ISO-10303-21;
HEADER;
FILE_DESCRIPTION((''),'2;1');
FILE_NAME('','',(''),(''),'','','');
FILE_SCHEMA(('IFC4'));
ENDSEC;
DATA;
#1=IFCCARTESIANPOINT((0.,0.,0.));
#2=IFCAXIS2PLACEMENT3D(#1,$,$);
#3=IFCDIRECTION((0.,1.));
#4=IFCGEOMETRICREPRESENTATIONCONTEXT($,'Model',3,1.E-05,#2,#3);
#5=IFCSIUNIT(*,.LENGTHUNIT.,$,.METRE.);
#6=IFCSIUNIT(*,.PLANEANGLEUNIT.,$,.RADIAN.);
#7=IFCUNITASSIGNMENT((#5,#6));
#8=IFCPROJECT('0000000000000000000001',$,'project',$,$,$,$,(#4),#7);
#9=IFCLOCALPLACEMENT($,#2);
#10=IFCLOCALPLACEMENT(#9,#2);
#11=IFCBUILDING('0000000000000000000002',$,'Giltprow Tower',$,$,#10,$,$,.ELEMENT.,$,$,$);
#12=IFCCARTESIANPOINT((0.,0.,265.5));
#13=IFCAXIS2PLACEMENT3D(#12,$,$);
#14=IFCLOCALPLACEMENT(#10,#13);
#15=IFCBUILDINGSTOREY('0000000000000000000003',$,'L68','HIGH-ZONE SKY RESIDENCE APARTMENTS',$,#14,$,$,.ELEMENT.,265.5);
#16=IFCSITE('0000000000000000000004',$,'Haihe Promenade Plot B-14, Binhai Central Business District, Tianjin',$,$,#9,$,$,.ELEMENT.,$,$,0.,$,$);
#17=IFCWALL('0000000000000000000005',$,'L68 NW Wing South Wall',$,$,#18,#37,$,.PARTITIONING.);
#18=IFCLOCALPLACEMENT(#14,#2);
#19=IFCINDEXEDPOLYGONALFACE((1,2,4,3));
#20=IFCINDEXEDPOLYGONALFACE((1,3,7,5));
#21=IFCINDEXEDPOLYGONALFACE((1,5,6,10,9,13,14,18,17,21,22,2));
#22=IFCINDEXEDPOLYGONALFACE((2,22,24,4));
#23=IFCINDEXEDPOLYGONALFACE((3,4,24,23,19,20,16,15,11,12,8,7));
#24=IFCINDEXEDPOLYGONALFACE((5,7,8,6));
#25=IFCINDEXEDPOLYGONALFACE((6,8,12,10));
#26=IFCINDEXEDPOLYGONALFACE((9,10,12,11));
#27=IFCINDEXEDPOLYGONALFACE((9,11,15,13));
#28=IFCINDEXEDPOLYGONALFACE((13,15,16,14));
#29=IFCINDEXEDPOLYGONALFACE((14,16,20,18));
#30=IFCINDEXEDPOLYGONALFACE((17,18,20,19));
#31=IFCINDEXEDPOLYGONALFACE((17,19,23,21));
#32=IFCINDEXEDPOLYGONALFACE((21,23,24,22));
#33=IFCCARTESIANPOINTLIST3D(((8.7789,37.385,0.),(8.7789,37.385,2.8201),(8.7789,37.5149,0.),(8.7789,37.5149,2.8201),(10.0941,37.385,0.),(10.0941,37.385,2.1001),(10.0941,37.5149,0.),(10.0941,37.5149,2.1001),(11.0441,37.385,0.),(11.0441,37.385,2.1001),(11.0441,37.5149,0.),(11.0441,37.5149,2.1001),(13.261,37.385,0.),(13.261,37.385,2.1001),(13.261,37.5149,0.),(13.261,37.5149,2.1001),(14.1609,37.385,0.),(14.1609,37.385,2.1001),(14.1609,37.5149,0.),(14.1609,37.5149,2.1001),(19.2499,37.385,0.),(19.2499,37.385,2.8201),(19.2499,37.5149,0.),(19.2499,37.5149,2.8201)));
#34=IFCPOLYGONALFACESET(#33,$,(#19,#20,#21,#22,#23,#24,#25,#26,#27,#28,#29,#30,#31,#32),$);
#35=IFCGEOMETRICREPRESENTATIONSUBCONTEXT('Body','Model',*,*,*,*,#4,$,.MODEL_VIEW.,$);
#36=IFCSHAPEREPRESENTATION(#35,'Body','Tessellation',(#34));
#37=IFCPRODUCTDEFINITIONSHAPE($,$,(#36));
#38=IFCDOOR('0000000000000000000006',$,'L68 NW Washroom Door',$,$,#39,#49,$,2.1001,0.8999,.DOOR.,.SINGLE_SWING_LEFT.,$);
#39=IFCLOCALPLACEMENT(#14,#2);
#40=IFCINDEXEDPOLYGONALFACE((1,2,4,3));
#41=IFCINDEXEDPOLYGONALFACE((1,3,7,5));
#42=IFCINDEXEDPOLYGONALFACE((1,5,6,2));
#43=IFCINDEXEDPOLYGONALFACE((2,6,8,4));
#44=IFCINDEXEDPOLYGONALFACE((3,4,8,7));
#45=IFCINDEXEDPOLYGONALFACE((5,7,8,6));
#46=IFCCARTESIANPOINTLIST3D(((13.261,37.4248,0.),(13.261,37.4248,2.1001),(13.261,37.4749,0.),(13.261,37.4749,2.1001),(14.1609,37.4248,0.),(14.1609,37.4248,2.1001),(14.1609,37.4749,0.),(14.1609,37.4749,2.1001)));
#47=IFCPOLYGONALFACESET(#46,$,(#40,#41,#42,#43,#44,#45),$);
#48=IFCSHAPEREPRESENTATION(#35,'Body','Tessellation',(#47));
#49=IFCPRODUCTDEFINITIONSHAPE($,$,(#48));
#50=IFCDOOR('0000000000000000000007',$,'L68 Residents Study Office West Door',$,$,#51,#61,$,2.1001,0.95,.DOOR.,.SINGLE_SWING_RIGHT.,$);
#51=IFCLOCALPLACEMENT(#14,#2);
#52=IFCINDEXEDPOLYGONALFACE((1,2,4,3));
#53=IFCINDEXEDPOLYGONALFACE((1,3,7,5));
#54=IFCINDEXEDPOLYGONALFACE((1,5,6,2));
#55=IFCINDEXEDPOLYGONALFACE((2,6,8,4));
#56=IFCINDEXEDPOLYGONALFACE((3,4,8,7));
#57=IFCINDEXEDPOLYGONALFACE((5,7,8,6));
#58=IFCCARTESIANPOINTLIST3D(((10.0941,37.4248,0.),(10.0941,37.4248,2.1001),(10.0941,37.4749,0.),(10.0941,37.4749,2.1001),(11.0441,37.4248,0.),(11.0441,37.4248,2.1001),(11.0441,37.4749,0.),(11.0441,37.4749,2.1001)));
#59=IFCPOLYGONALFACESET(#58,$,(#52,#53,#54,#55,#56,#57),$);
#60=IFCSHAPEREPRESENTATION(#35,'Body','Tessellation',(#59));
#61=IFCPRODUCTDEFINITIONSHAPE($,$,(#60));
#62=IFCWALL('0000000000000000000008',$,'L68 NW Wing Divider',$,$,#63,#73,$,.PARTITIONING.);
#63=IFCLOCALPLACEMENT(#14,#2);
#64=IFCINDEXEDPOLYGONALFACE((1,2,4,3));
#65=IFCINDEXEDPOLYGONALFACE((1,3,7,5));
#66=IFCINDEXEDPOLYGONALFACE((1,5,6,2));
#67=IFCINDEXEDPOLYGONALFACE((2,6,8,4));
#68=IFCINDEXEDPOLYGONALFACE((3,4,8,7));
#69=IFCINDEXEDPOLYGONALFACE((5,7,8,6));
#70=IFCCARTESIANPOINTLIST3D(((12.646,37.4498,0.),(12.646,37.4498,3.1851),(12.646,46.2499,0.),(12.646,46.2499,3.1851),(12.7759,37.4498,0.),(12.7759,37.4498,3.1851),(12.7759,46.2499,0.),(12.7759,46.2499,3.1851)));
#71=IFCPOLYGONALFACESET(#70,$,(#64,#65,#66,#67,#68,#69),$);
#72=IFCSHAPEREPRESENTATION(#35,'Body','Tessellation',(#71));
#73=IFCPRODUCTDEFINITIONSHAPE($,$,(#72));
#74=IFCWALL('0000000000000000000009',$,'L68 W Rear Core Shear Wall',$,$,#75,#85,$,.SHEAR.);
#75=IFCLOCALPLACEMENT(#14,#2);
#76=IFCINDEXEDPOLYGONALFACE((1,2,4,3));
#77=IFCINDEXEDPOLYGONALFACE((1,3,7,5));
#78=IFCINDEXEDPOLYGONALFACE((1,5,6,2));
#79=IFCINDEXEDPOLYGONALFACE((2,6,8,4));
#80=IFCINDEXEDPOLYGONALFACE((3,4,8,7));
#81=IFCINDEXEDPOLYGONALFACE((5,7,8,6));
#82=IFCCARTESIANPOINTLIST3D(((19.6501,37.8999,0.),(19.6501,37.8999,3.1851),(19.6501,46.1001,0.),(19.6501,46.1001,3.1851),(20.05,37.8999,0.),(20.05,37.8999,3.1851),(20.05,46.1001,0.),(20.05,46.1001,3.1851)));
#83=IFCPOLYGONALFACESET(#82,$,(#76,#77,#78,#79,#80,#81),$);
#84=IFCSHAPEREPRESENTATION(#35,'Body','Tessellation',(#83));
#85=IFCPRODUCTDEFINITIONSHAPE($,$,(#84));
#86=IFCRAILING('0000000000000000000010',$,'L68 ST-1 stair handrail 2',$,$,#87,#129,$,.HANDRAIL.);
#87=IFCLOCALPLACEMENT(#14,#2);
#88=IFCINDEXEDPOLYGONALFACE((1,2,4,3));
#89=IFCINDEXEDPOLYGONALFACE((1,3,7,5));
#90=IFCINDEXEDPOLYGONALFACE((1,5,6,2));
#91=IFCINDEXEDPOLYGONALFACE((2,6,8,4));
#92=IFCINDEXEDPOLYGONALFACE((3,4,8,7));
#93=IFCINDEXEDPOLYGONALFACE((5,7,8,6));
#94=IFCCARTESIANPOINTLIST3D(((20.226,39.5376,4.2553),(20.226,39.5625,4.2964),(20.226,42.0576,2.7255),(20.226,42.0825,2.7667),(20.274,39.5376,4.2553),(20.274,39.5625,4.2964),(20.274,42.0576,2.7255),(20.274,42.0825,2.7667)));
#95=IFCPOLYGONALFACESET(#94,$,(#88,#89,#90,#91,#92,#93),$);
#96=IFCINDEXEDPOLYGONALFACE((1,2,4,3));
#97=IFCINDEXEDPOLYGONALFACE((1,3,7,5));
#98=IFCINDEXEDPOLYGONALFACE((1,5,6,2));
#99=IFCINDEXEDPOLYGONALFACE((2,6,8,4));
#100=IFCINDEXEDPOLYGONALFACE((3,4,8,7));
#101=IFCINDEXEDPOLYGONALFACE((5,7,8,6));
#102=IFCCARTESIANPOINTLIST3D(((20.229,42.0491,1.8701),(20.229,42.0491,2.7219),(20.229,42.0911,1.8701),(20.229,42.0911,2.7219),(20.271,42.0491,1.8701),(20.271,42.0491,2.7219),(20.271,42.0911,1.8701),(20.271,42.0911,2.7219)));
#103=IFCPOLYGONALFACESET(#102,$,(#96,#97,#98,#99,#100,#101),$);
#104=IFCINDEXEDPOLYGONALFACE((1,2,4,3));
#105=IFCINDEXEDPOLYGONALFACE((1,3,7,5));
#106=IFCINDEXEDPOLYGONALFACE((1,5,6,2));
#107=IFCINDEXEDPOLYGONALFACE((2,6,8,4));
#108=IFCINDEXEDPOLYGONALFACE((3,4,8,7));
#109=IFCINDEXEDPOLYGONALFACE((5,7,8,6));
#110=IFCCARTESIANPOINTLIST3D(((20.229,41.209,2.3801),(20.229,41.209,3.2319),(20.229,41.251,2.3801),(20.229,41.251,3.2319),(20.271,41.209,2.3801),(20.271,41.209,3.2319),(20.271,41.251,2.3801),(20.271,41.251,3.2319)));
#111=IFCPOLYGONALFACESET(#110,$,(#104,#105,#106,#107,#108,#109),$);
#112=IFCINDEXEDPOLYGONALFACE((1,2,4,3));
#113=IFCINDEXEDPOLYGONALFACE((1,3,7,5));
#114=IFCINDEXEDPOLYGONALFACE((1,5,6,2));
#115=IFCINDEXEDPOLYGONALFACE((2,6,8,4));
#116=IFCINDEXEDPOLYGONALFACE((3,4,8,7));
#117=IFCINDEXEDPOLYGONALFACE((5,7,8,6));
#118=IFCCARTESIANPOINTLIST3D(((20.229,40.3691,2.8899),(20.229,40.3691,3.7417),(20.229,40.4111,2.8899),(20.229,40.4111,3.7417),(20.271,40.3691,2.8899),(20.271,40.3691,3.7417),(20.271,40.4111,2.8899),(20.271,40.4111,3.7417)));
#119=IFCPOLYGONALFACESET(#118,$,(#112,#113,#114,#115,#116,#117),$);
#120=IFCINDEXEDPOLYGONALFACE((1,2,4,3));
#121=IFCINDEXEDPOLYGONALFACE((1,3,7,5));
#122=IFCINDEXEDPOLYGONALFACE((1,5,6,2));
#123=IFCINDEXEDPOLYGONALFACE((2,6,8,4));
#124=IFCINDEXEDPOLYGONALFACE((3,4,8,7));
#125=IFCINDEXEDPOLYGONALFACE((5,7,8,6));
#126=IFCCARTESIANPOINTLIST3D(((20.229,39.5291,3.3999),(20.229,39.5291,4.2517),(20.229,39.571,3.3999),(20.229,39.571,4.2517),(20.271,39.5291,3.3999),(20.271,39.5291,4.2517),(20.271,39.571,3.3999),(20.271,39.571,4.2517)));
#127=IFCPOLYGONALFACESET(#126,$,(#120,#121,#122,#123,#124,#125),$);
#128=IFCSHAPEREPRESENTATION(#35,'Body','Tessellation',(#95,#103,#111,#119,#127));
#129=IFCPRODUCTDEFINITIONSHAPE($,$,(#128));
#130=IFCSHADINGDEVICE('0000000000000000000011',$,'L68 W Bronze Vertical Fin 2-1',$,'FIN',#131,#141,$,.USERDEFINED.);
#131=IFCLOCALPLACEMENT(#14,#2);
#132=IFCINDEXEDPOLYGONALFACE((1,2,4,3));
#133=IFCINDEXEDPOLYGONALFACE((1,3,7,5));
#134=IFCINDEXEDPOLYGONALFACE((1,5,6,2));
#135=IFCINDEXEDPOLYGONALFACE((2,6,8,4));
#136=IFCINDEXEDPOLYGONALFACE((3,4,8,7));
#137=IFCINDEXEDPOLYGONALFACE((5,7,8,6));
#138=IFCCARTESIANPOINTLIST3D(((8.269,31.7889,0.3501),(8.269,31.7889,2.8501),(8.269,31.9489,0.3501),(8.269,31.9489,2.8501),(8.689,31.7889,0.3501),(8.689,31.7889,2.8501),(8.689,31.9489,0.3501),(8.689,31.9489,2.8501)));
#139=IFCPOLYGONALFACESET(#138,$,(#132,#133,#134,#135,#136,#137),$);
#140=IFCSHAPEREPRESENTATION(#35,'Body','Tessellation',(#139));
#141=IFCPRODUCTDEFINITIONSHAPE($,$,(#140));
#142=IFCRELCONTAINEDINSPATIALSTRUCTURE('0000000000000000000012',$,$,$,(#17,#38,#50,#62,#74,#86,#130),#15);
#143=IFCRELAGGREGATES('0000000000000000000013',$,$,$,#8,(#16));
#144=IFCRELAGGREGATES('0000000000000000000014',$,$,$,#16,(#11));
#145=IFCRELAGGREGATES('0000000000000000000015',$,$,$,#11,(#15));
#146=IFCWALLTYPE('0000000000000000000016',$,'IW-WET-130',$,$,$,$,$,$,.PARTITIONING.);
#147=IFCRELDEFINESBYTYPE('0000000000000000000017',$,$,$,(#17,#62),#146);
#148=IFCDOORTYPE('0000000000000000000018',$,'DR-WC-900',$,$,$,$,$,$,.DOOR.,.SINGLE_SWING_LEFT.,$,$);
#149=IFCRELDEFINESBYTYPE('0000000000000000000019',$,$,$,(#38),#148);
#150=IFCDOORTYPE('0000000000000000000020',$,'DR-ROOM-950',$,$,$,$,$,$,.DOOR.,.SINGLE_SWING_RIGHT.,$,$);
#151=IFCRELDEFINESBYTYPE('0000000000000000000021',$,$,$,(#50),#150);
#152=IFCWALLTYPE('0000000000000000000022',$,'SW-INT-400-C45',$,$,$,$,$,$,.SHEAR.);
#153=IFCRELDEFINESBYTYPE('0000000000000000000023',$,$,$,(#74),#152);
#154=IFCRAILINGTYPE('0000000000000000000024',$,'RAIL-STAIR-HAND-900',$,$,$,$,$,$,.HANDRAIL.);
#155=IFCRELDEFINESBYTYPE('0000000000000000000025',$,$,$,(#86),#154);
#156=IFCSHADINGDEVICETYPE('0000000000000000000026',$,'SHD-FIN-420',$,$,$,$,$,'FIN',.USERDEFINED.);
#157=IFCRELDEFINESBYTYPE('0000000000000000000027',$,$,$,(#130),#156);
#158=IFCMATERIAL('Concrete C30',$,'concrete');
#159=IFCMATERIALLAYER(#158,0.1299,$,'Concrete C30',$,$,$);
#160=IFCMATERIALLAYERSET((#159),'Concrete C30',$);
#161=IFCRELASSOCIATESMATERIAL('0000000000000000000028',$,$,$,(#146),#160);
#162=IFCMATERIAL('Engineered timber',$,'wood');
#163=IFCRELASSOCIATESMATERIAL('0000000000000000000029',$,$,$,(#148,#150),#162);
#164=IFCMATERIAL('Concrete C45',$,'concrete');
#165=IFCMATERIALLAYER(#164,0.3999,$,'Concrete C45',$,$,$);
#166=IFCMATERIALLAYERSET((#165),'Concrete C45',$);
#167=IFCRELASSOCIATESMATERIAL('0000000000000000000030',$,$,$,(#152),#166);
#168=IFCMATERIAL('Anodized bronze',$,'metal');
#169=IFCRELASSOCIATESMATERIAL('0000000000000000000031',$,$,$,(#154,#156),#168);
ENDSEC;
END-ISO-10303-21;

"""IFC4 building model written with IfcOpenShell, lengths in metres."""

from ifc_helpers import new_model, si_unit, direction, frame, frame_2d, origin, origin_2d, place, context, subcontext, project, spatial, rectangle, extrude, source, transform, mapped, material, layer, layer_set, type_object, element, fill, save


model = new_model("IFC4")

# Units and contexts
model_context = context("Model", 3, precision=1e-05, world=origin(), true_north=direction((0.0, 1.0)))
body_context = subcontext(model_context, "Body", "Model", "MODEL_VIEW")
ifc_project = project(units=[si_unit("LENGTHUNIT", "METRE"), si_unit("PLANEANGLEUNIT", "RADIAN")], contexts=[model_context])

# Site, building, storey
site_placement = place(None, origin())
site = spatial("IfcSite", under=ifc_project, at=site_placement, Name="Haihe Promenade Plot B-14, Binhai Central Business District, Tianjin", CompositionType="ELEMENT", RefElevation=0.0)
building_placement = place(site_placement, origin())
building = spatial("IfcBuilding", under=site, at=building_placement, Name="Giltprow Tower", CompositionType="ELEMENT")
storey_placement = place(building_placement, frame((0.0, 0.0, 265.5)))
storey = spatial("IfcBuildingStorey", under=building, at=storey_placement, Name="L68", Description="HIGH-ZONE SKY RESIDENCE APARTMENTS", CompositionType="ELEMENT", Elevation=265.5)

# Shared definitions
ifc_material_1 = material(Name="Concrete C45", Category="concrete")

# Shared definitions
ifc_material_2 = material(Name="Engineered timber", Category="wood")

# Wall, openings, doors
ifc_material_3 = material(Name="Concrete C30", Category="concrete")
ifc_layer_1 = layer(ifc_material_3, 0.1299, Name="Concrete C30")
ifc_layer_set_1 = layer_set([ifc_layer_1], Name="Concrete C30")
wall_type_1 = type_object("IfcWallType", Name="IW-WET-130", PredefinedType="PARTITIONING", material=ifc_layer_set_1)
wall_1_placement = place(storey_placement, frame((8.7791, 37.45, 0.0), z_axis=(0.0, 0.0, 1.0), x_axis=(1.0, 0.0, 0.0)))
wall_1 = element("IfcWall", 1, at=wall_1_placement, inside=storey, type_object=wall_type_1, Name="L68 NW Wing South Wall", PredefinedType="PARTITIONING", context=body_context, shape_type="SweptSolid", body=[
    extrude(rectangle(XDim=10.4709, YDim=0.1299, at=frame_2d((5.2354, 0.0))), origin(), (0.0, 0.0, 1.0), 2.8201),
])
opening_1_placement = place(wall_1_placement, frame((1.3149, 0.0, 0.0)))
opening_1 = element("IfcOpeningElement", 2, at=opening_1_placement, cuts=wall_1, PredefinedType="OPENING", context=body_context, shape_type="SweptSolid", body=[
    extrude(rectangle(XDim=0.95, YDim=2.1001, at=frame_2d((0.4751, 1.05))), frame((0.0, 0.075, 0.0), z_axis=(0.0, -1.0, 0.0), x_axis=(1.0, 0.0, 0.0)), (0.0, 0.0, 1.0), 0.1499),
])
opening_2_placement = place(wall_1_placement, frame((4.4819, 0.0, 0.0)))
opening_2 = element("IfcOpeningElement", 3, at=opening_2_placement, cuts=wall_1, PredefinedType="OPENING", context=body_context, shape_type="SweptSolid", body=[
    extrude(rectangle(XDim=0.8999, YDim=2.1001, at=frame_2d((0.45, 1.05))), frame((0.0, 0.075, 0.0), z_axis=(0.0, -1.0, 0.0), x_axis=(1.0, 0.0, 0.0)), (0.0, 0.0, 1.0), 0.1499),
])
door_type_1 = type_object("IfcDoorType", Name="DR-WC-900", OperationType="SINGLE_SWING_LEFT", PredefinedType="DOOR", material=ifc_material_2)
shared_shape_1 = source(origin(), body_context, "Body", "SweptSolid", [
    extrude(rectangle(XDim=0.8999, YDim=2.1001, at=frame_2d((0.45, 1.05))), frame((0.0, 0.0249, 0.0), z_axis=(0.0, -1.0, 0.0), x_axis=(1.0, 0.0, 0.0)), (0.0, 0.0, 1.0), 0.05),
])
door_1_placement = place(opening_2_placement, origin())
door_1 = element("IfcDoor", 4, at=door_1_placement, inside=storey, type_object=door_type_1, Name="L68 NW Washroom Door", OperationType="SINGLE_SWING_LEFT", OverallHeight=2.1001, OverallWidth=0.8999, PredefinedType="DOOR", context=body_context, shape_type="MappedRepresentation", body=[
    mapped(shared_shape_1, transform((0.0, 0.0, 0.0), x_axis=(1.0, 0.0, 0.0), y_axis=(0.0, 1.0, 0.0), z_axis=(0.0, 0.0, 1.0), scale=1.0)),
])
fill(opening_2, door_1)
door_type_2 = type_object("IfcDoorType", Name="DR-ROOM-950", OperationType="SINGLE_SWING_RIGHT", PredefinedType="DOOR", material=ifc_material_2)
shared_shape_2 = source(origin(), body_context, "Body", "SweptSolid", [
    extrude(rectangle(XDim=0.95, YDim=2.1001, at=frame_2d((0.4751, 1.05))), frame((0.0, 0.0249, 0.0), z_axis=(0.0, -1.0, 0.0), x_axis=(1.0, 0.0, 0.0)), (0.0, 0.0, 1.0), 0.05),
])
door_2_placement = place(opening_1_placement, origin())
door_2 = element("IfcDoor", 5, at=door_2_placement, inside=storey, type_object=door_type_2, Name="L68 Residents Study Office West Door", OperationType="SINGLE_SWING_RIGHT", OverallHeight=2.1001, OverallWidth=0.95, PredefinedType="DOOR", context=body_context, shape_type="MappedRepresentation", body=[
    mapped(shared_shape_2, transform((0.0, 0.0, 0.0), x_axis=(1.0, 0.0, 0.0), y_axis=(0.0, 1.0, 0.0), z_axis=(0.0, 0.0, 1.0), scale=1.0)),
])
fill(opening_1, door_2)

# Walls
wall_2_placement = place(storey_placement, frame((12.7109, 37.45, 0.0), z_axis=(0.0, 0.0, 1.0), x_axis=(0.0, 1.0, 0.0)))
element("IfcWall", 6, at=wall_2_placement, inside=storey, type_object=wall_type_1, Name="L68 NW Wing Divider", PredefinedType="PARTITIONING", context=body_context, shape_type="SweptSolid", body=[
    extrude(rectangle(XDim=8.8, YDim=0.1299, at=frame_2d((4.3999, 0.0))), origin(), (0.0, 0.0, 1.0), 3.1851),
])
ifc_layer_2 = layer(ifc_material_1, 0.3999, Name="Concrete C45")
ifc_layer_set_2 = layer_set([ifc_layer_2], Name="Concrete C45")
wall_type_2 = type_object("IfcWallType", Name="SW-INT-400-C45", PredefinedType="SHEAR", material=ifc_layer_set_2)
wall_3_placement = place(storey_placement, frame((19.8501, 37.8999, 0.0), z_axis=(0.0, 0.0, 1.0), x_axis=(0.0, 1.0, 0.0)))
element("IfcWall", 7, at=wall_3_placement, inside=storey, type_object=wall_type_2, Name="L68 W Rear Core Shear Wall", PredefinedType="SHEAR", context=body_context, shape_type="SweptSolid", body=[
    extrude(rectangle(XDim=8.2002, YDim=0.3999, at=frame_2d((4.1001, 0.0))), origin(), (0.0, 0.0, 1.0), 3.1851),
])

# Railing
ifc_material_4 = material(Name="Anodized bronze", Category="metal")
railing_type = type_object("IfcRailingType", Name="RAIL-STAIR-HAND-900", PredefinedType="HANDRAIL", material=ifc_material_4)
railing_placement = place(storey_placement, frame((20.25, 42.0701, 1.8701)))
element("IfcRailing", 8, at=railing_placement, inside=storey, type_object=railing_type, Name="L68 ST-1 stair handrail 2", PredefinedType="HANDRAIL", context=body_context, shape_type="SweptSolid", body=[
    extrude(rectangle(XDim=0.0481, YDim=0.0481, at=origin_2d()), frame((0.0, 0.0, 0.876), z_axis=(0.0, -0.854822, 0.518922), x_axis=(1.0, 0.0, 0.0)), (0.0, 0.0, 1.0), 2.948),
    extrude(rectangle(XDim=0.042, YDim=0.042, at=origin_2d()), origin(), (0.0, 0.0, 1.0), 0.8518),
    extrude(rectangle(XDim=0.042, YDim=0.042, at=origin_2d()), frame((0.0, -0.8401, 0.51)), (0.0, 0.0, 1.0), 0.8518),
    extrude(rectangle(XDim=0.042, YDim=0.042, at=origin_2d()), frame((0.0, -1.6799, 1.0198)), (0.0, 0.0, 1.0), 0.8518),
    extrude(rectangle(XDim=0.042, YDim=0.042, at=origin_2d()), frame((0.0, -2.52, 1.5298)), (0.0, 0.0, 1.0), 0.8518),
])

# Shading device
shading_device_type = type_object("IfcShadingDeviceType", Name="SHD-FIN-420", ElementType="FIN", PredefinedType="USERDEFINED", material=ifc_material_4)
shared_shape_3 = source(origin(), body_context, "Body", "SweptSolid", [
    extrude(rectangle(XDim=0.4199, YDim=0.1599, at=origin_2d()), origin(), (0.0, 0.0, 1.0), 2.5),
])
shading_device_placement = place(storey_placement, frame((8.479, 31.8689, 0.3501), z_axis=(0.0, 0.0, 1.0), x_axis=(1.0, 0.0, 0.0)))
element("IfcShadingDevice", 9, at=shading_device_placement, inside=storey, type_object=shading_device_type, Name="L68 W Bronze Vertical Fin 2-1", ObjectType="FIN", PredefinedType="USERDEFINED", context=body_context, shape_type="MappedRepresentation", body=[
    mapped(shared_shape_3, transform((0.0, 0.0, 0.0), x_axis=(1.0, 0.0, 0.0), y_axis=(0.0, 1.0, 0.0), z_axis=(0.0, 0.0, 1.0), scale=1.0)),
])

save(model, "model.ifc")
